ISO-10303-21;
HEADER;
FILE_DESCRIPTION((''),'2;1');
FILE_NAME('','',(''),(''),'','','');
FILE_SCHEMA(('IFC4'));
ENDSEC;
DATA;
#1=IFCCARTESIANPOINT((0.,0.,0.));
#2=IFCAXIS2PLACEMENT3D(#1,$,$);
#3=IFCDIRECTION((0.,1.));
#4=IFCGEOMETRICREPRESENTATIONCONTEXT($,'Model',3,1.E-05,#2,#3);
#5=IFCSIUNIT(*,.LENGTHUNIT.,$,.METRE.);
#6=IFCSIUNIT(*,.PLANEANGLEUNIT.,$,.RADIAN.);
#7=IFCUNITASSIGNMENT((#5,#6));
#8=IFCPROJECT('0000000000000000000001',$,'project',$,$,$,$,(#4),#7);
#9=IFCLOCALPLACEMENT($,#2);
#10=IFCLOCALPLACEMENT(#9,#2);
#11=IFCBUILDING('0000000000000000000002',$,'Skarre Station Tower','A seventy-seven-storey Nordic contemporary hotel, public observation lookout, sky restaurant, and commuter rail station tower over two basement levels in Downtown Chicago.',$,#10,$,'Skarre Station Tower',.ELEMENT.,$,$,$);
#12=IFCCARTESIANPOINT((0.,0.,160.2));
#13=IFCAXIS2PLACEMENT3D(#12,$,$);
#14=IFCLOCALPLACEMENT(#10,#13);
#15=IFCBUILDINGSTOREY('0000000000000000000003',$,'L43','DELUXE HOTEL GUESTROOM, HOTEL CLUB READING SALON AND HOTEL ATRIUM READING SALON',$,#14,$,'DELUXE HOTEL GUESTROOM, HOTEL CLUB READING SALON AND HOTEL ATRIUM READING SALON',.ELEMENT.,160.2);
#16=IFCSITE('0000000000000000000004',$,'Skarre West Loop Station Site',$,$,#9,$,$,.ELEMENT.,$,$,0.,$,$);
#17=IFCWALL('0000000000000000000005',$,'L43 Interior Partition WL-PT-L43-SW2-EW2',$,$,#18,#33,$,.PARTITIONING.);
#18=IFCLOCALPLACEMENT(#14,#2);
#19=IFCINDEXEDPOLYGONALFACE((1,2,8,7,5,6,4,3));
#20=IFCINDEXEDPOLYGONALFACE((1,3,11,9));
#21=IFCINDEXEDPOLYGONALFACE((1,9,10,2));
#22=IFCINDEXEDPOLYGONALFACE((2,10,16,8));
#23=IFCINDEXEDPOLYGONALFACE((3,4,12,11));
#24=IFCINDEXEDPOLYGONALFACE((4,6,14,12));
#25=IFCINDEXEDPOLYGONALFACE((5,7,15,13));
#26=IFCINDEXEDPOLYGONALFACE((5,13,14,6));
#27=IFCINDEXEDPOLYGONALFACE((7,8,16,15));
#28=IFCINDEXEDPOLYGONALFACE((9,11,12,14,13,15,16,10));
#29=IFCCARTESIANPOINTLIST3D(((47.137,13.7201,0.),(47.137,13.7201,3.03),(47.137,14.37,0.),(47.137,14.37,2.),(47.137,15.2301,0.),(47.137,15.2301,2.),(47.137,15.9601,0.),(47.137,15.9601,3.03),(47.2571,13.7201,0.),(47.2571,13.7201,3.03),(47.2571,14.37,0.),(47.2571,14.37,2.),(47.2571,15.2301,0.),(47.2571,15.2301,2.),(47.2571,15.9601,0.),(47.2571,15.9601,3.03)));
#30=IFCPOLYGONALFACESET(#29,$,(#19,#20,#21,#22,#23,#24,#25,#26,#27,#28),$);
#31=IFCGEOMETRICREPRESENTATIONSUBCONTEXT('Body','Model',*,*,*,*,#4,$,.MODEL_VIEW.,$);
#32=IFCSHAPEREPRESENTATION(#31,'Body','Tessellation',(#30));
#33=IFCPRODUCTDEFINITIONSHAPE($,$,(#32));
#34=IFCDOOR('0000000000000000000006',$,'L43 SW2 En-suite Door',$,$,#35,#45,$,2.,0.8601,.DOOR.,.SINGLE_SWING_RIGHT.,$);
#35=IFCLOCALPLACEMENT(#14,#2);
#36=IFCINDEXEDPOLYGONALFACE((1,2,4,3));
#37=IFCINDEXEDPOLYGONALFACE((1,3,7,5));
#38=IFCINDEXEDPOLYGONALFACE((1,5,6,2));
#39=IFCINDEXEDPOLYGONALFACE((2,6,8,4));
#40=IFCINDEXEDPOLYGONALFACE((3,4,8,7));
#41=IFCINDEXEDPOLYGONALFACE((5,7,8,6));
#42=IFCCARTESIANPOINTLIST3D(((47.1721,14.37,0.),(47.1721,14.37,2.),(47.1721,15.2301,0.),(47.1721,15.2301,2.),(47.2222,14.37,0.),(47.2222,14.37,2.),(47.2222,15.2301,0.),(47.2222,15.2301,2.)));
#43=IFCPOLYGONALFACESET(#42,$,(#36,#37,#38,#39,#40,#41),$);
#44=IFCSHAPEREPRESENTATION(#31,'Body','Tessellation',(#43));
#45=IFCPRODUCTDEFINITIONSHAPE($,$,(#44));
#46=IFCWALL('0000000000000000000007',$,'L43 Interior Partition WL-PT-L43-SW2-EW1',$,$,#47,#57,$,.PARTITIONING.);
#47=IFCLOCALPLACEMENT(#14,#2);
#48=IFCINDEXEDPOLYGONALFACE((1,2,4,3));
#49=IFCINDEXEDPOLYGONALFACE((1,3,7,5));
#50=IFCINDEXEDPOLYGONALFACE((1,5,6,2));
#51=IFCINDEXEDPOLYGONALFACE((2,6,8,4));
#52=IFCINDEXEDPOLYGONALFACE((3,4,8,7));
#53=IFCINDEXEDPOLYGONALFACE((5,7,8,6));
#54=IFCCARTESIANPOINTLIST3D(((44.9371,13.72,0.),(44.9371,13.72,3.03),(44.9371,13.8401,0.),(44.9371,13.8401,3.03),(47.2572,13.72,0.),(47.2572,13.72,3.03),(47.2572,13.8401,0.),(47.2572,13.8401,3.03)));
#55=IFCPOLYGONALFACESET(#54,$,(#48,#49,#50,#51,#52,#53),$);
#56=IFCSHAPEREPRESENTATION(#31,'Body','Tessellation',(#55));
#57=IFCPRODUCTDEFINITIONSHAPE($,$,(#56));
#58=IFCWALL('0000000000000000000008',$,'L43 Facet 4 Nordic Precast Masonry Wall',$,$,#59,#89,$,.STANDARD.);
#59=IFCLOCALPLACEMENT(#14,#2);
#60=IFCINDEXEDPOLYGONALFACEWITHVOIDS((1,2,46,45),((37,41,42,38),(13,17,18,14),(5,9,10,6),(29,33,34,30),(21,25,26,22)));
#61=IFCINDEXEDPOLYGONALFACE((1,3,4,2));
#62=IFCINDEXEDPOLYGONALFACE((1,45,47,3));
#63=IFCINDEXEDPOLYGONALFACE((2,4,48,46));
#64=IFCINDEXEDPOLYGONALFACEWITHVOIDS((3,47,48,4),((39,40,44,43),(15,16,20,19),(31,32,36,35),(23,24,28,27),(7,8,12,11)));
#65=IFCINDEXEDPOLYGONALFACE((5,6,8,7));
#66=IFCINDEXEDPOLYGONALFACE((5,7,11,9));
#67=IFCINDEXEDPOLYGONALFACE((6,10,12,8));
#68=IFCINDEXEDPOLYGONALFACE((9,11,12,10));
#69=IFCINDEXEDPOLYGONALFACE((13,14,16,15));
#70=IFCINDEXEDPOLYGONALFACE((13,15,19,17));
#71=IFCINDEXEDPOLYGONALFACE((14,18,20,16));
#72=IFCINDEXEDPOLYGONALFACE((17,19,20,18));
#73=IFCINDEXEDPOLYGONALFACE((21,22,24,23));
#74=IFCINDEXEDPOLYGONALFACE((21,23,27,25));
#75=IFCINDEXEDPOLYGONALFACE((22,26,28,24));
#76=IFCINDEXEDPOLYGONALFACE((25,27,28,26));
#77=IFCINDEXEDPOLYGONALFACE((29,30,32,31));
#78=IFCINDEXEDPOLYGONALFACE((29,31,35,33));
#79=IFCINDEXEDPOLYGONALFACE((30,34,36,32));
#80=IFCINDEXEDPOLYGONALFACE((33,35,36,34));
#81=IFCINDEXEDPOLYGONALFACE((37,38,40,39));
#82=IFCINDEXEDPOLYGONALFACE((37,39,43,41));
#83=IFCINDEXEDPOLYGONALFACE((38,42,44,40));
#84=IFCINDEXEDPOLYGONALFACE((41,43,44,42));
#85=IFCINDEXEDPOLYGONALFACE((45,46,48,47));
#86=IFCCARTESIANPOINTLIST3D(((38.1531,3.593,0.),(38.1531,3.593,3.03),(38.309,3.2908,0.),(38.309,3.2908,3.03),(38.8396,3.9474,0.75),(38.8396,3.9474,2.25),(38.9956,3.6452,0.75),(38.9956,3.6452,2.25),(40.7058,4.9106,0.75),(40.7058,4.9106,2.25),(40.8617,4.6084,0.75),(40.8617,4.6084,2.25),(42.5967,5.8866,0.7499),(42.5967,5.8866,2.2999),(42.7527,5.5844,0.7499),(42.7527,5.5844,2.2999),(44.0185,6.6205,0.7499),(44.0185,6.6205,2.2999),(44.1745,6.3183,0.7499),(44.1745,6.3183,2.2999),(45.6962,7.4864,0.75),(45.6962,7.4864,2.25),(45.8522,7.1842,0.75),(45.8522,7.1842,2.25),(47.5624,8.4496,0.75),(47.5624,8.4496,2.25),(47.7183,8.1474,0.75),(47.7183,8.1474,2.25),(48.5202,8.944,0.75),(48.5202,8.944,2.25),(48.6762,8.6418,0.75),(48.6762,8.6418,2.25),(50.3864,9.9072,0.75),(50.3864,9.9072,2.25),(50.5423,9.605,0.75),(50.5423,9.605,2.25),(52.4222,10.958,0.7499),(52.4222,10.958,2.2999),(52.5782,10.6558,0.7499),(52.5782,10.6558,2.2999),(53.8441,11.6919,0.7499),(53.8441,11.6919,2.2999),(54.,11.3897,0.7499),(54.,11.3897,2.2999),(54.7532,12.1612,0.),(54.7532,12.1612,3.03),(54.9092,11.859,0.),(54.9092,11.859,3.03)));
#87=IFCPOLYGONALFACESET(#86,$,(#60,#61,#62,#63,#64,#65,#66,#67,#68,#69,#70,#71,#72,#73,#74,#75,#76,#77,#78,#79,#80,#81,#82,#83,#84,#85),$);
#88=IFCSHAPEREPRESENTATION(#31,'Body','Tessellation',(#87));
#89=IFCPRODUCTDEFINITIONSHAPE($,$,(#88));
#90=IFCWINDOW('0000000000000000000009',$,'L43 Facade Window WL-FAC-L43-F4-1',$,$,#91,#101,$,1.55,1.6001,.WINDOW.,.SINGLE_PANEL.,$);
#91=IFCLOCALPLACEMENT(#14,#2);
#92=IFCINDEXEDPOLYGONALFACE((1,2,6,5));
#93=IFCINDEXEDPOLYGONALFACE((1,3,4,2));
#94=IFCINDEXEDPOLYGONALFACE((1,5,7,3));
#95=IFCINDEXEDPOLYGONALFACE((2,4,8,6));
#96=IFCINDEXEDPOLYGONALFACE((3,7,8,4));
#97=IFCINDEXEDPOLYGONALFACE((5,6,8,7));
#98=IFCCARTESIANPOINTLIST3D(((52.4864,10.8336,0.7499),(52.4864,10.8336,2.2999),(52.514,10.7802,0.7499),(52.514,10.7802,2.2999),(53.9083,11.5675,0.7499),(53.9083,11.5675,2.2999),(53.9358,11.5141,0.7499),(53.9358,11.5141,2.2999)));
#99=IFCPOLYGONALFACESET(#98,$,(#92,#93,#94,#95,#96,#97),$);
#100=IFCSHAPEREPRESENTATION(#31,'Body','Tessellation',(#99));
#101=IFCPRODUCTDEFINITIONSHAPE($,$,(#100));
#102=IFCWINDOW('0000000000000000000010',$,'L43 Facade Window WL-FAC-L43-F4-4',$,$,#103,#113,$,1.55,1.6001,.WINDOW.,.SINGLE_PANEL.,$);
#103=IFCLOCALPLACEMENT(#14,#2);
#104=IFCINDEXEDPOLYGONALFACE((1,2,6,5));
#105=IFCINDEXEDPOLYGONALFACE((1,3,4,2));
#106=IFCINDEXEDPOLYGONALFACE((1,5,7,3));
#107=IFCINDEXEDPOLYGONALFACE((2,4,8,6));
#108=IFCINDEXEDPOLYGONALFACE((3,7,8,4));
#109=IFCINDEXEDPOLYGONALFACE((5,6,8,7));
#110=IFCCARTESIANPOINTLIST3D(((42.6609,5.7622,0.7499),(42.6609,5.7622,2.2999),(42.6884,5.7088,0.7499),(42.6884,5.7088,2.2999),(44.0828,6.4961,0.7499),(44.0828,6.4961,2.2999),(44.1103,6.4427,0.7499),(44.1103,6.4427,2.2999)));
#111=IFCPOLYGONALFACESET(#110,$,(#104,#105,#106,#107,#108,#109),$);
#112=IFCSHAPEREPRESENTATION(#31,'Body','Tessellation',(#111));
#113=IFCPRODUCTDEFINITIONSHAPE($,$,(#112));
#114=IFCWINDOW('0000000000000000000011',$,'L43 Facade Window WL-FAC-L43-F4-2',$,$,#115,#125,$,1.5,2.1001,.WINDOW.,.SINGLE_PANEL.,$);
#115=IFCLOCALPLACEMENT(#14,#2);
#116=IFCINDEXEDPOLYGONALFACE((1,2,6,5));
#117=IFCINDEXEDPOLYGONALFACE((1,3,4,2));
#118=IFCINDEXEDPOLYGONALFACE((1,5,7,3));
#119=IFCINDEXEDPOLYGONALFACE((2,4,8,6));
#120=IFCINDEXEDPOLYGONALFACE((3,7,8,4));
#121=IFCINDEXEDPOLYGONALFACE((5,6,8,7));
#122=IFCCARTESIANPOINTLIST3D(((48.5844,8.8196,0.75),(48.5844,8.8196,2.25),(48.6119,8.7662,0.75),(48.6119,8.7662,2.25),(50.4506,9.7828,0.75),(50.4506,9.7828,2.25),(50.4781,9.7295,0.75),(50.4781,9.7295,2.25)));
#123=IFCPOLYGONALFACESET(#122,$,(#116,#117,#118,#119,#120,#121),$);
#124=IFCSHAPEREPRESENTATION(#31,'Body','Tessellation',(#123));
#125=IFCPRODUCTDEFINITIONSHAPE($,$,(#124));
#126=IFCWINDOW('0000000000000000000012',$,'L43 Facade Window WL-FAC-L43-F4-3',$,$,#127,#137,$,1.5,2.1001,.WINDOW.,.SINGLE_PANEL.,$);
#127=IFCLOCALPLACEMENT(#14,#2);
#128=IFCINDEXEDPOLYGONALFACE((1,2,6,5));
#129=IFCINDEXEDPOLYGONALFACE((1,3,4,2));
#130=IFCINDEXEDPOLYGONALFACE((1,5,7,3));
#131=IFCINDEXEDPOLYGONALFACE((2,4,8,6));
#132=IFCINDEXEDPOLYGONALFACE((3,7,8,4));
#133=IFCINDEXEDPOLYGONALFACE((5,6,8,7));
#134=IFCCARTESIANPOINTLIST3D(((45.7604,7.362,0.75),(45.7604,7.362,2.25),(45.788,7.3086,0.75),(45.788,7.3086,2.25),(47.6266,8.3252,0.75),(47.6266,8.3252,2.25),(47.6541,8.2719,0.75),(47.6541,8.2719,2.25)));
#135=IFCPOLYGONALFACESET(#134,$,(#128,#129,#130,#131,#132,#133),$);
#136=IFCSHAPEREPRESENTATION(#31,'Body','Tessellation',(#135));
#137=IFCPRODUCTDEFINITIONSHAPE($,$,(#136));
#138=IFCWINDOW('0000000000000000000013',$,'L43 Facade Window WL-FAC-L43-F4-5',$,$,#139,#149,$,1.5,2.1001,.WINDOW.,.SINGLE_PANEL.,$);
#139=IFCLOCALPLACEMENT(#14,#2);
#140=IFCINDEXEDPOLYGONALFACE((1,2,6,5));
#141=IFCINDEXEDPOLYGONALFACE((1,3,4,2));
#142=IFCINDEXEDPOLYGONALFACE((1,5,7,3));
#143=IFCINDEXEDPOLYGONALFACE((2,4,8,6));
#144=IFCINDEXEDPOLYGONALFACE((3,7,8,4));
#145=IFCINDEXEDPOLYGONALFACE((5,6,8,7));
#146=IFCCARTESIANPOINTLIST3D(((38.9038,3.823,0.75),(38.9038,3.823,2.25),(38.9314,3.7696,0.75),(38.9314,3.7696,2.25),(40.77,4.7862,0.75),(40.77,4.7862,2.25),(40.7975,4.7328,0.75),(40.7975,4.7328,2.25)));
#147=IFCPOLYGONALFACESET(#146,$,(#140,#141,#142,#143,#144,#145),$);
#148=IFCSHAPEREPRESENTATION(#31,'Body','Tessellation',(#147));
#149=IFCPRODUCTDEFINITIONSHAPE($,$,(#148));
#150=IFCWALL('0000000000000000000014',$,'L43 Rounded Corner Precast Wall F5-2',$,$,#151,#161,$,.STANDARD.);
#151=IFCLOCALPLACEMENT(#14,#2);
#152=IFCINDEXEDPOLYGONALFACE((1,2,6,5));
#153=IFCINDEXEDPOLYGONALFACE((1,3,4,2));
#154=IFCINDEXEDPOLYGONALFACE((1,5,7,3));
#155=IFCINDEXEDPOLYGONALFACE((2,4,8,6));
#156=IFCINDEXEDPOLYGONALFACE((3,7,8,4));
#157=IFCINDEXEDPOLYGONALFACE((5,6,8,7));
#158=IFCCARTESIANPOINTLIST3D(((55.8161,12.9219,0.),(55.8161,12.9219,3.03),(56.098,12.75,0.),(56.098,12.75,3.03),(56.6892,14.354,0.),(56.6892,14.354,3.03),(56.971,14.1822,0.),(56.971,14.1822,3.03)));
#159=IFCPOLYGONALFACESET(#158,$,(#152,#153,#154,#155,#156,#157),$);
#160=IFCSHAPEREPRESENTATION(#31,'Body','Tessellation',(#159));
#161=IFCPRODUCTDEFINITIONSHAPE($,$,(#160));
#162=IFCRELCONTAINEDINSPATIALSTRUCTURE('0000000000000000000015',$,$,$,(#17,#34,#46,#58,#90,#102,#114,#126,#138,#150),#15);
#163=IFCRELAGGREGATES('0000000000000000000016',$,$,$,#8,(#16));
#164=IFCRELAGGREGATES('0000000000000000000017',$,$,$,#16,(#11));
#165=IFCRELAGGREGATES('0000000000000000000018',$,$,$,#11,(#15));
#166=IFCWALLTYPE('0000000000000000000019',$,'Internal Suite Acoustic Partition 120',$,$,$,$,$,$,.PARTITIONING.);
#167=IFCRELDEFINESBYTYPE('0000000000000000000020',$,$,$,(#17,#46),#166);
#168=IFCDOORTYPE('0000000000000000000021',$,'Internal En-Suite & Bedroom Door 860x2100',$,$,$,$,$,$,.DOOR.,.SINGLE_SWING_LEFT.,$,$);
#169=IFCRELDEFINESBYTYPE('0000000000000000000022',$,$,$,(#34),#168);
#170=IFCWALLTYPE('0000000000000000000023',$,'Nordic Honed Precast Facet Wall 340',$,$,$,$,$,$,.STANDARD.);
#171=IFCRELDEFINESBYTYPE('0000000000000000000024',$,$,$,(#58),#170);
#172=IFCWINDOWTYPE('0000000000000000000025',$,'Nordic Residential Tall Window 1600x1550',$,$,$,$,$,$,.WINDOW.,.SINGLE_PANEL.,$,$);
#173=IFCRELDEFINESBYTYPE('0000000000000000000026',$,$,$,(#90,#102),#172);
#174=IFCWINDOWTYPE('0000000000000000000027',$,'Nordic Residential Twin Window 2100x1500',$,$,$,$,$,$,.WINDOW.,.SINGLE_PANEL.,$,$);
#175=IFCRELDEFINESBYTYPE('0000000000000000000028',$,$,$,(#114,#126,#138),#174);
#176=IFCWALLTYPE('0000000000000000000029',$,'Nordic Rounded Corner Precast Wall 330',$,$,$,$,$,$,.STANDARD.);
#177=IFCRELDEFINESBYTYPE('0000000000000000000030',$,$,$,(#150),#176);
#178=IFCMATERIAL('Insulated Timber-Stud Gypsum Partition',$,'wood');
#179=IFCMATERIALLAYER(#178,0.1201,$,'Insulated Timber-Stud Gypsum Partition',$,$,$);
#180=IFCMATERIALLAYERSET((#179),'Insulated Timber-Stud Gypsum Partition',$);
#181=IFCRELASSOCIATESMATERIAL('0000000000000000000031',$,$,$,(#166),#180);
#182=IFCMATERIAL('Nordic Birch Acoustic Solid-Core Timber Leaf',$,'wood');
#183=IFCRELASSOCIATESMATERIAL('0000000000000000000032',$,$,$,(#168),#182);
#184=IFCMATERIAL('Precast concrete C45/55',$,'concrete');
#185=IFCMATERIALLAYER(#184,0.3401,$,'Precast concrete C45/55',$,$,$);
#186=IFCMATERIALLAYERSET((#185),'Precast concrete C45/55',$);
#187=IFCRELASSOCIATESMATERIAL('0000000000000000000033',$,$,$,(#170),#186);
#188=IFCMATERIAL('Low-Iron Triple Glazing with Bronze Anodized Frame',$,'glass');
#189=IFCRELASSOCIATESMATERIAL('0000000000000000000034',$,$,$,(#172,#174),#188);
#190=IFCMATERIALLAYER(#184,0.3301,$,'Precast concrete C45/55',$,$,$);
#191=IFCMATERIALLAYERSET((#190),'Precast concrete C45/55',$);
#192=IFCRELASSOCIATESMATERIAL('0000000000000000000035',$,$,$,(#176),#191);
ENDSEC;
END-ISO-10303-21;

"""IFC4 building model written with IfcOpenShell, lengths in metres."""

from ifc_helpers import new_model, si_unit, direction, frame, frame_2d, origin, place, context, subcontext, project, spatial, rectangle, extrude, material, layer, layer_set, type_object, element, fill, save


model = new_model("IFC4")

# Units and contexts
model_context = context("Model", 3, precision=1e-05, world=origin(), true_north=direction((0.0, 1.0)))
body_context = subcontext(model_context, "Body", "Model", "MODEL_VIEW")
ifc_project = project(units=[si_unit("LENGTHUNIT", "METRE"), si_unit("PLANEANGLEUNIT", "RADIAN")], contexts=[model_context])

# Site, building, storey
site_placement = place(None, origin())
site = spatial("IfcSite", under=ifc_project, at=site_placement, Name="Skarre West Loop Station Site", CompositionType="ELEMENT", RefElevation=0.0)
building_placement = place(site_placement, origin())
building = spatial("IfcBuilding", under=site, at=building_placement, Name="Skarre Station Tower", Description="A seventy-seven-storey Nordic contemporary hotel, public observation lookout, sky restaurant, and commuter rail station tower over two basement levels in Downtown Chicago.", LongName="Skarre Station Tower", CompositionType="ELEMENT")
storey_placement = place(building_placement, frame((0.0, 0.0, 160.2)))
storey = spatial("IfcBuildingStorey", under=building, at=storey_placement, Name="L43", Description="DELUXE HOTEL GUESTROOM, HOTEL CLUB READING SALON AND HOTEL ATRIUM READING SALON", LongName="DELUXE HOTEL GUESTROOM, HOTEL CLUB READING SALON AND HOTEL ATRIUM READING SALON", CompositionType="ELEMENT", Elevation=160.2)

# Wall, opening, door
ifc_material_1 = material(Name="Insulated Timber-Stud Gypsum Partition", Category="wood")
ifc_layer_1 = layer(ifc_material_1, 0.1201, Name="Insulated Timber-Stud Gypsum Partition")
ifc_layer_set_1 = layer_set([ifc_layer_1], Name="Insulated Timber-Stud Gypsum Partition")
wall_type_1 = type_object("IfcWallType", Name="Internal Suite Acoustic Partition 120", PredefinedType="PARTITIONING", material=ifc_layer_set_1)
wall_1_placement = place(storey_placement, frame((47.197, 13.72, 0.0), z_axis=(0.0, 0.0, 1.0), x_axis=(0.0, 1.0, 0.0)))
wall_1 = element("IfcWall", 1, at=wall_1_placement, inside=storey, type_object=wall_type_1, Name="L43 Interior Partition WL-PT-L43-SW2-EW2", PredefinedType="PARTITIONING", context=body_context, shape_type="SweptSolid", body=[
    extrude(rectangle(XDim=2.24, YDim=0.1201, at=frame_2d((1.1201, 0.0))), origin(), (0.0, 0.0, 1.0), 3.03),
])
opening_1_placement = place(wall_1_placement, frame((0.6499, 0.0, 0.0)))
opening_1 = element("IfcOpeningElement", 2, at=opening_1_placement, cuts=wall_1, PredefinedType="OPENING", context=body_context, shape_type="SweptSolid", body=[
    extrude(rectangle(XDim=0.8601, YDim=2.0, at=frame_2d((0.4302, 1.0))), frame((0.0, 0.0701, 0.0), z_axis=(0.0, -1.0, 0.0), x_axis=(1.0, 0.0, 0.0)), (0.0, 0.0, 1.0), 0.1401),
])
ifc_material_2 = material(Name="Nordic Birch Acoustic Solid-Core Timber Leaf", Category="wood")
door_type = type_object("IfcDoorType", Name="Internal En-Suite & Bedroom Door 860x2100", OperationType="SINGLE_SWING_LEFT", PredefinedType="DOOR", material=ifc_material_2)
door_placement = place(opening_1_placement, origin())
door = element("IfcDoor", 3, at=door_placement, inside=storey, type_object=door_type, Name="L43 SW2 En-suite Door", OperationType="SINGLE_SWING_RIGHT", OverallHeight=2.0, OverallWidth=0.8601, PredefinedType="DOOR", context=body_context, shape_type="SweptSolid", body=[
    extrude(rectangle(XDim=0.8601, YDim=2.0, at=frame_2d((0.4302, 1.0))), frame((0.0, 0.0249, 0.0), z_axis=(0.0, -1.0, 0.0), x_axis=(1.0, 0.0, 0.0)), (0.0, 0.0, 1.0), 0.05),
])
fill(opening_1, door)

# Wall
wall_2_placement = place(storey_placement, frame((44.937, 13.78, 0.0), z_axis=(0.0, 0.0, 1.0), x_axis=(1.0, 0.0, 0.0)))
element("IfcWall", 4, at=wall_2_placement, inside=storey, type_object=wall_type_1, Name="L43 Interior Partition WL-PT-L43-SW2-EW1", PredefinedType="PARTITIONING", context=body_context, shape_type="SweptSolid", body=[
    extrude(rectangle(XDim=2.3201, YDim=0.1201, at=frame_2d((1.1602, 0.0))), origin(), (0.0, 0.0, 1.0), 3.03),
])

# Wall, openings, windows
ifc_material_3 = material(Name="Precast concrete C45/55", Category="concrete")
ifc_layer_2 = layer(ifc_material_3, 0.3401, Name="Precast concrete C45/55")
ifc_layer_set_2 = layer_set([ifc_layer_2], Name="Precast concrete C45/55")
wall_type_2 = type_object("IfcWallType", Name="Nordic Honed Precast Facet Wall 340", PredefinedType="STANDARD", material=ifc_layer_set_2)
wall_3_placement = place(storey_placement, frame((54.8311, 12.01, 0.0), z_axis=(0.0, 0.0, 1.0), x_axis=(-0.888614, -0.458657, 0.0)))
wall_3 = element("IfcWall", 5, at=wall_3_placement, inside=storey, type_object=wall_type_2, Name="L43 Facet 4 Nordic Precast Masonry Wall", PredefinedType="STANDARD", context=body_context, shape_type="SweptSolid", body=[
    extrude(rectangle(XDim=18.6809, YDim=0.3401, at=frame_2d((9.3403, 0.0))), origin(), (0.0, 0.0, 1.0), 3.03),
])
opening_2_placement = place(wall_3_placement, frame((1.0229, 0.0, 0.75)))
opening_2 = element("IfcOpeningElement", 6, at=opening_2_placement, cuts=wall_3, PredefinedType="OPENING", context=body_context, shape_type="SweptSolid", body=[
    extrude(rectangle(XDim=1.6001, YDim=1.55, at=frame_2d((0.8, 0.7749))), frame((0.0, 0.1799, 0.0), z_axis=(0.0, -1.0, 0.0), x_axis=(1.0, 0.0, 0.0)), (0.0, 0.0, 1.0), 0.3601),
])
opening_3_placement = place(wall_3_placement, frame((4.9141, 0.0, 0.75)))
opening_3 = element("IfcOpeningElement", 7, at=opening_3_placement, cuts=wall_3, PredefinedType="OPENING", context=body_context, shape_type="SweptSolid", body=[
    extrude(rectangle(XDim=2.1001, YDim=1.5, at=frame_2d((1.05, 0.75))), frame((0.0, 0.1799, 0.0), z_axis=(0.0, -1.0, 0.0), x_axis=(1.0, 0.0, 0.0)), (0.0, 0.0, 1.0), 0.3601),
])
opening_4_placement = place(wall_3_placement, frame((8.092, 0.0, 0.75)))
opening_4 = element("IfcOpeningElement", 8, at=opening_4_placement, cuts=wall_3, PredefinedType="OPENING", context=body_context, shape_type="SweptSolid", body=[
    extrude(rectangle(XDim=2.1001, YDim=1.5, at=frame_2d((1.05, 0.75))), frame((0.0, 0.1799, 0.0), z_axis=(0.0, -1.0, 0.0), x_axis=(1.0, 0.0, 0.0)), (0.0, 0.0, 1.0), 0.3601),
])
opening_5_placement = place(wall_3_placement, frame((12.0801, 0.0, 0.75)))
opening_5 = element("IfcOpeningElement", 9, at=opening_5_placement, cuts=wall_3, PredefinedType="OPENING", context=body_context, shape_type="SweptSolid", body=[
    extrude(rectangle(XDim=1.6001, YDim=1.55, at=frame_2d((0.8, 0.7749))), frame((0.0, 0.1799, 0.0), z_axis=(0.0, -1.0, 0.0), x_axis=(1.0, 0.0, 0.0)), (0.0, 0.0, 1.0), 0.3601),
])
opening_6_placement = place(wall_3_placement, frame((15.8081, 0.0, 0.75)))
opening_6 = element("IfcOpeningElement", 10, at=opening_6_placement, cuts=wall_3, PredefinedType="OPENING", context=body_context, shape_type="SweptSolid", body=[
    extrude(rectangle(XDim=2.1001, YDim=1.5, at=frame_2d((1.05, 0.75))), frame((0.0, 0.1799, 0.0), z_axis=(0.0, -1.0, 0.0), x_axis=(1.0, 0.0, 0.0)), (0.0, 0.0, 1.0), 0.3601),
])
ifc_material_4 = material(Name="Low-Iron Triple Glazing with Bronze Anodized Frame", Category="glass")
window_type_1 = type_object("IfcWindowType", Name="Nordic Residential Tall Window 1600x1550", PartitioningType="SINGLE_PANEL", PredefinedType="WINDOW", material=ifc_material_4)
window_1_placement = place(opening_2_placement, origin())
window_1 = element("IfcWindow", 11, at=window_1_placement, inside=storey, type_object=window_type_1, Name="L43 Facade Window WL-FAC-L43-F4-1", OverallHeight=1.55, OverallWidth=1.6001, PartitioningType="SINGLE_PANEL", PredefinedType="WINDOW", context=body_context, shape_type="SweptSolid", body=[
    extrude(rectangle(XDim=1.6001, YDim=1.55, at=frame_2d((0.8, 0.7749))), frame((0.0, 0.03, 0.0), z_axis=(0.0, -1.0, 0.0), x_axis=(1.0, 0.0, 0.0)), (0.0, 0.0, 1.0), 0.0601),
])
fill(opening_2, window_1)
window_2_placement = place(opening_5_placement, origin())
window_2 = element("IfcWindow", 12, at=window_2_placement, inside=storey, type_object=window_type_1, Name="L43 Facade Window WL-FAC-L43-F4-4", OverallHeight=1.55, OverallWidth=1.6001, PartitioningType="SINGLE_PANEL", PredefinedType="WINDOW", context=body_context, shape_type="SweptSolid", body=[
    extrude(rectangle(XDim=1.6001, YDim=1.55, at=frame_2d((0.8, 0.7749))), frame((0.0, 0.03, 0.0), z_axis=(0.0, -1.0, 0.0), x_axis=(1.0, 0.0, 0.0)), (0.0, 0.0, 1.0), 0.0601),
])
fill(opening_5, window_2)
window_type_2 = type_object("IfcWindowType", Name="Nordic Residential Twin Window 2100x1500", PartitioningType="SINGLE_PANEL", PredefinedType="WINDOW", material=ifc_material_4)
window_3_placement = place(opening_3_placement, origin())
window_3 = element("IfcWindow", 13, at=window_3_placement, inside=storey, type_object=window_type_2, Name="L43 Facade Window WL-FAC-L43-F4-2", OverallHeight=1.5, OverallWidth=2.1001, PartitioningType="SINGLE_PANEL", PredefinedType="WINDOW", context=body_context, shape_type="SweptSolid", body=[
    extrude(rectangle(XDim=2.1001, YDim=1.5, at=frame_2d((1.05, 0.75))), frame((0.0, 0.03, 0.0), z_axis=(0.0, -1.0, 0.0), x_axis=(1.0, 0.0, 0.0)), (0.0, 0.0, 1.0), 0.0601),
])
fill(opening_3, window_3)
window_4_placement = place(opening_4_placement, origin())
window_4 = element("IfcWindow", 14, at=window_4_placement, inside=storey, type_object=window_type_2, Name="L43 Facade Window WL-FAC-L43-F4-3", OverallHeight=1.5, OverallWidth=2.1001, PartitioningType="SINGLE_PANEL", PredefinedType="WINDOW", context=body_context, shape_type="SweptSolid", body=[
    extrude(rectangle(XDim=2.1001, YDim=1.5, at=frame_2d((1.05, 0.75))), frame((0.0, 0.03, 0.0), z_axis=(0.0, -1.0, 0.0), x_axis=(1.0, 0.0, 0.0)), (0.0, 0.0, 1.0), 0.0601),
])
fill(opening_4, window_4)
window_5_placement = place(opening_6_placement, origin())
window_5 = element("IfcWindow", 15, at=window_5_placement, inside=storey, type_object=window_type_2, Name="L43 Facade Window WL-FAC-L43-F4-5", OverallHeight=1.5, OverallWidth=2.1001, PartitioningType="SINGLE_PANEL", PredefinedType="WINDOW", context=body_context, shape_type="SweptSolid", body=[
    extrude(rectangle(XDim=2.1001, YDim=1.5, at=frame_2d((1.05, 0.75))), frame((0.0, 0.03, 0.0), z_axis=(0.0, -1.0, 0.0), x_axis=(1.0, 0.0, 0.0)), (0.0, 0.0, 1.0), 0.0601),
])
fill(opening_6, window_5)

# Wall
ifc_layer_3 = layer(ifc_material_3, 0.3301, Name="Precast concrete C45/55")
ifc_layer_set_3 = layer_set([ifc_layer_3], Name="Precast concrete C45/55")
wall_type_3 = type_object("IfcWallType", Name="Nordic Rounded Corner Precast Wall 330", PredefinedType="STANDARD", material=ifc_layer_set_3)
wall_4_placement = place(storey_placement, frame((56.8301, 14.2681, 0.0), z_axis=(0.0, 0.0, 1.0), x_axis=(-0.520519, -0.85385, 0.0)))
element("IfcWall", 16, at=wall_4_placement, inside=storey, type_object=wall_type_3, Name="L43 Rounded Corner Precast Wall F5-2", PredefinedType="STANDARD", context=body_context, shape_type="SweptSolid", body=[
    extrude(rectangle(XDim=1.6772, YDim=0.3301, at=frame_2d((0.8386, 0.0))), origin(), (0.0, 0.0, 1.0), 3.03),
])

save(model, "model.ifc")
